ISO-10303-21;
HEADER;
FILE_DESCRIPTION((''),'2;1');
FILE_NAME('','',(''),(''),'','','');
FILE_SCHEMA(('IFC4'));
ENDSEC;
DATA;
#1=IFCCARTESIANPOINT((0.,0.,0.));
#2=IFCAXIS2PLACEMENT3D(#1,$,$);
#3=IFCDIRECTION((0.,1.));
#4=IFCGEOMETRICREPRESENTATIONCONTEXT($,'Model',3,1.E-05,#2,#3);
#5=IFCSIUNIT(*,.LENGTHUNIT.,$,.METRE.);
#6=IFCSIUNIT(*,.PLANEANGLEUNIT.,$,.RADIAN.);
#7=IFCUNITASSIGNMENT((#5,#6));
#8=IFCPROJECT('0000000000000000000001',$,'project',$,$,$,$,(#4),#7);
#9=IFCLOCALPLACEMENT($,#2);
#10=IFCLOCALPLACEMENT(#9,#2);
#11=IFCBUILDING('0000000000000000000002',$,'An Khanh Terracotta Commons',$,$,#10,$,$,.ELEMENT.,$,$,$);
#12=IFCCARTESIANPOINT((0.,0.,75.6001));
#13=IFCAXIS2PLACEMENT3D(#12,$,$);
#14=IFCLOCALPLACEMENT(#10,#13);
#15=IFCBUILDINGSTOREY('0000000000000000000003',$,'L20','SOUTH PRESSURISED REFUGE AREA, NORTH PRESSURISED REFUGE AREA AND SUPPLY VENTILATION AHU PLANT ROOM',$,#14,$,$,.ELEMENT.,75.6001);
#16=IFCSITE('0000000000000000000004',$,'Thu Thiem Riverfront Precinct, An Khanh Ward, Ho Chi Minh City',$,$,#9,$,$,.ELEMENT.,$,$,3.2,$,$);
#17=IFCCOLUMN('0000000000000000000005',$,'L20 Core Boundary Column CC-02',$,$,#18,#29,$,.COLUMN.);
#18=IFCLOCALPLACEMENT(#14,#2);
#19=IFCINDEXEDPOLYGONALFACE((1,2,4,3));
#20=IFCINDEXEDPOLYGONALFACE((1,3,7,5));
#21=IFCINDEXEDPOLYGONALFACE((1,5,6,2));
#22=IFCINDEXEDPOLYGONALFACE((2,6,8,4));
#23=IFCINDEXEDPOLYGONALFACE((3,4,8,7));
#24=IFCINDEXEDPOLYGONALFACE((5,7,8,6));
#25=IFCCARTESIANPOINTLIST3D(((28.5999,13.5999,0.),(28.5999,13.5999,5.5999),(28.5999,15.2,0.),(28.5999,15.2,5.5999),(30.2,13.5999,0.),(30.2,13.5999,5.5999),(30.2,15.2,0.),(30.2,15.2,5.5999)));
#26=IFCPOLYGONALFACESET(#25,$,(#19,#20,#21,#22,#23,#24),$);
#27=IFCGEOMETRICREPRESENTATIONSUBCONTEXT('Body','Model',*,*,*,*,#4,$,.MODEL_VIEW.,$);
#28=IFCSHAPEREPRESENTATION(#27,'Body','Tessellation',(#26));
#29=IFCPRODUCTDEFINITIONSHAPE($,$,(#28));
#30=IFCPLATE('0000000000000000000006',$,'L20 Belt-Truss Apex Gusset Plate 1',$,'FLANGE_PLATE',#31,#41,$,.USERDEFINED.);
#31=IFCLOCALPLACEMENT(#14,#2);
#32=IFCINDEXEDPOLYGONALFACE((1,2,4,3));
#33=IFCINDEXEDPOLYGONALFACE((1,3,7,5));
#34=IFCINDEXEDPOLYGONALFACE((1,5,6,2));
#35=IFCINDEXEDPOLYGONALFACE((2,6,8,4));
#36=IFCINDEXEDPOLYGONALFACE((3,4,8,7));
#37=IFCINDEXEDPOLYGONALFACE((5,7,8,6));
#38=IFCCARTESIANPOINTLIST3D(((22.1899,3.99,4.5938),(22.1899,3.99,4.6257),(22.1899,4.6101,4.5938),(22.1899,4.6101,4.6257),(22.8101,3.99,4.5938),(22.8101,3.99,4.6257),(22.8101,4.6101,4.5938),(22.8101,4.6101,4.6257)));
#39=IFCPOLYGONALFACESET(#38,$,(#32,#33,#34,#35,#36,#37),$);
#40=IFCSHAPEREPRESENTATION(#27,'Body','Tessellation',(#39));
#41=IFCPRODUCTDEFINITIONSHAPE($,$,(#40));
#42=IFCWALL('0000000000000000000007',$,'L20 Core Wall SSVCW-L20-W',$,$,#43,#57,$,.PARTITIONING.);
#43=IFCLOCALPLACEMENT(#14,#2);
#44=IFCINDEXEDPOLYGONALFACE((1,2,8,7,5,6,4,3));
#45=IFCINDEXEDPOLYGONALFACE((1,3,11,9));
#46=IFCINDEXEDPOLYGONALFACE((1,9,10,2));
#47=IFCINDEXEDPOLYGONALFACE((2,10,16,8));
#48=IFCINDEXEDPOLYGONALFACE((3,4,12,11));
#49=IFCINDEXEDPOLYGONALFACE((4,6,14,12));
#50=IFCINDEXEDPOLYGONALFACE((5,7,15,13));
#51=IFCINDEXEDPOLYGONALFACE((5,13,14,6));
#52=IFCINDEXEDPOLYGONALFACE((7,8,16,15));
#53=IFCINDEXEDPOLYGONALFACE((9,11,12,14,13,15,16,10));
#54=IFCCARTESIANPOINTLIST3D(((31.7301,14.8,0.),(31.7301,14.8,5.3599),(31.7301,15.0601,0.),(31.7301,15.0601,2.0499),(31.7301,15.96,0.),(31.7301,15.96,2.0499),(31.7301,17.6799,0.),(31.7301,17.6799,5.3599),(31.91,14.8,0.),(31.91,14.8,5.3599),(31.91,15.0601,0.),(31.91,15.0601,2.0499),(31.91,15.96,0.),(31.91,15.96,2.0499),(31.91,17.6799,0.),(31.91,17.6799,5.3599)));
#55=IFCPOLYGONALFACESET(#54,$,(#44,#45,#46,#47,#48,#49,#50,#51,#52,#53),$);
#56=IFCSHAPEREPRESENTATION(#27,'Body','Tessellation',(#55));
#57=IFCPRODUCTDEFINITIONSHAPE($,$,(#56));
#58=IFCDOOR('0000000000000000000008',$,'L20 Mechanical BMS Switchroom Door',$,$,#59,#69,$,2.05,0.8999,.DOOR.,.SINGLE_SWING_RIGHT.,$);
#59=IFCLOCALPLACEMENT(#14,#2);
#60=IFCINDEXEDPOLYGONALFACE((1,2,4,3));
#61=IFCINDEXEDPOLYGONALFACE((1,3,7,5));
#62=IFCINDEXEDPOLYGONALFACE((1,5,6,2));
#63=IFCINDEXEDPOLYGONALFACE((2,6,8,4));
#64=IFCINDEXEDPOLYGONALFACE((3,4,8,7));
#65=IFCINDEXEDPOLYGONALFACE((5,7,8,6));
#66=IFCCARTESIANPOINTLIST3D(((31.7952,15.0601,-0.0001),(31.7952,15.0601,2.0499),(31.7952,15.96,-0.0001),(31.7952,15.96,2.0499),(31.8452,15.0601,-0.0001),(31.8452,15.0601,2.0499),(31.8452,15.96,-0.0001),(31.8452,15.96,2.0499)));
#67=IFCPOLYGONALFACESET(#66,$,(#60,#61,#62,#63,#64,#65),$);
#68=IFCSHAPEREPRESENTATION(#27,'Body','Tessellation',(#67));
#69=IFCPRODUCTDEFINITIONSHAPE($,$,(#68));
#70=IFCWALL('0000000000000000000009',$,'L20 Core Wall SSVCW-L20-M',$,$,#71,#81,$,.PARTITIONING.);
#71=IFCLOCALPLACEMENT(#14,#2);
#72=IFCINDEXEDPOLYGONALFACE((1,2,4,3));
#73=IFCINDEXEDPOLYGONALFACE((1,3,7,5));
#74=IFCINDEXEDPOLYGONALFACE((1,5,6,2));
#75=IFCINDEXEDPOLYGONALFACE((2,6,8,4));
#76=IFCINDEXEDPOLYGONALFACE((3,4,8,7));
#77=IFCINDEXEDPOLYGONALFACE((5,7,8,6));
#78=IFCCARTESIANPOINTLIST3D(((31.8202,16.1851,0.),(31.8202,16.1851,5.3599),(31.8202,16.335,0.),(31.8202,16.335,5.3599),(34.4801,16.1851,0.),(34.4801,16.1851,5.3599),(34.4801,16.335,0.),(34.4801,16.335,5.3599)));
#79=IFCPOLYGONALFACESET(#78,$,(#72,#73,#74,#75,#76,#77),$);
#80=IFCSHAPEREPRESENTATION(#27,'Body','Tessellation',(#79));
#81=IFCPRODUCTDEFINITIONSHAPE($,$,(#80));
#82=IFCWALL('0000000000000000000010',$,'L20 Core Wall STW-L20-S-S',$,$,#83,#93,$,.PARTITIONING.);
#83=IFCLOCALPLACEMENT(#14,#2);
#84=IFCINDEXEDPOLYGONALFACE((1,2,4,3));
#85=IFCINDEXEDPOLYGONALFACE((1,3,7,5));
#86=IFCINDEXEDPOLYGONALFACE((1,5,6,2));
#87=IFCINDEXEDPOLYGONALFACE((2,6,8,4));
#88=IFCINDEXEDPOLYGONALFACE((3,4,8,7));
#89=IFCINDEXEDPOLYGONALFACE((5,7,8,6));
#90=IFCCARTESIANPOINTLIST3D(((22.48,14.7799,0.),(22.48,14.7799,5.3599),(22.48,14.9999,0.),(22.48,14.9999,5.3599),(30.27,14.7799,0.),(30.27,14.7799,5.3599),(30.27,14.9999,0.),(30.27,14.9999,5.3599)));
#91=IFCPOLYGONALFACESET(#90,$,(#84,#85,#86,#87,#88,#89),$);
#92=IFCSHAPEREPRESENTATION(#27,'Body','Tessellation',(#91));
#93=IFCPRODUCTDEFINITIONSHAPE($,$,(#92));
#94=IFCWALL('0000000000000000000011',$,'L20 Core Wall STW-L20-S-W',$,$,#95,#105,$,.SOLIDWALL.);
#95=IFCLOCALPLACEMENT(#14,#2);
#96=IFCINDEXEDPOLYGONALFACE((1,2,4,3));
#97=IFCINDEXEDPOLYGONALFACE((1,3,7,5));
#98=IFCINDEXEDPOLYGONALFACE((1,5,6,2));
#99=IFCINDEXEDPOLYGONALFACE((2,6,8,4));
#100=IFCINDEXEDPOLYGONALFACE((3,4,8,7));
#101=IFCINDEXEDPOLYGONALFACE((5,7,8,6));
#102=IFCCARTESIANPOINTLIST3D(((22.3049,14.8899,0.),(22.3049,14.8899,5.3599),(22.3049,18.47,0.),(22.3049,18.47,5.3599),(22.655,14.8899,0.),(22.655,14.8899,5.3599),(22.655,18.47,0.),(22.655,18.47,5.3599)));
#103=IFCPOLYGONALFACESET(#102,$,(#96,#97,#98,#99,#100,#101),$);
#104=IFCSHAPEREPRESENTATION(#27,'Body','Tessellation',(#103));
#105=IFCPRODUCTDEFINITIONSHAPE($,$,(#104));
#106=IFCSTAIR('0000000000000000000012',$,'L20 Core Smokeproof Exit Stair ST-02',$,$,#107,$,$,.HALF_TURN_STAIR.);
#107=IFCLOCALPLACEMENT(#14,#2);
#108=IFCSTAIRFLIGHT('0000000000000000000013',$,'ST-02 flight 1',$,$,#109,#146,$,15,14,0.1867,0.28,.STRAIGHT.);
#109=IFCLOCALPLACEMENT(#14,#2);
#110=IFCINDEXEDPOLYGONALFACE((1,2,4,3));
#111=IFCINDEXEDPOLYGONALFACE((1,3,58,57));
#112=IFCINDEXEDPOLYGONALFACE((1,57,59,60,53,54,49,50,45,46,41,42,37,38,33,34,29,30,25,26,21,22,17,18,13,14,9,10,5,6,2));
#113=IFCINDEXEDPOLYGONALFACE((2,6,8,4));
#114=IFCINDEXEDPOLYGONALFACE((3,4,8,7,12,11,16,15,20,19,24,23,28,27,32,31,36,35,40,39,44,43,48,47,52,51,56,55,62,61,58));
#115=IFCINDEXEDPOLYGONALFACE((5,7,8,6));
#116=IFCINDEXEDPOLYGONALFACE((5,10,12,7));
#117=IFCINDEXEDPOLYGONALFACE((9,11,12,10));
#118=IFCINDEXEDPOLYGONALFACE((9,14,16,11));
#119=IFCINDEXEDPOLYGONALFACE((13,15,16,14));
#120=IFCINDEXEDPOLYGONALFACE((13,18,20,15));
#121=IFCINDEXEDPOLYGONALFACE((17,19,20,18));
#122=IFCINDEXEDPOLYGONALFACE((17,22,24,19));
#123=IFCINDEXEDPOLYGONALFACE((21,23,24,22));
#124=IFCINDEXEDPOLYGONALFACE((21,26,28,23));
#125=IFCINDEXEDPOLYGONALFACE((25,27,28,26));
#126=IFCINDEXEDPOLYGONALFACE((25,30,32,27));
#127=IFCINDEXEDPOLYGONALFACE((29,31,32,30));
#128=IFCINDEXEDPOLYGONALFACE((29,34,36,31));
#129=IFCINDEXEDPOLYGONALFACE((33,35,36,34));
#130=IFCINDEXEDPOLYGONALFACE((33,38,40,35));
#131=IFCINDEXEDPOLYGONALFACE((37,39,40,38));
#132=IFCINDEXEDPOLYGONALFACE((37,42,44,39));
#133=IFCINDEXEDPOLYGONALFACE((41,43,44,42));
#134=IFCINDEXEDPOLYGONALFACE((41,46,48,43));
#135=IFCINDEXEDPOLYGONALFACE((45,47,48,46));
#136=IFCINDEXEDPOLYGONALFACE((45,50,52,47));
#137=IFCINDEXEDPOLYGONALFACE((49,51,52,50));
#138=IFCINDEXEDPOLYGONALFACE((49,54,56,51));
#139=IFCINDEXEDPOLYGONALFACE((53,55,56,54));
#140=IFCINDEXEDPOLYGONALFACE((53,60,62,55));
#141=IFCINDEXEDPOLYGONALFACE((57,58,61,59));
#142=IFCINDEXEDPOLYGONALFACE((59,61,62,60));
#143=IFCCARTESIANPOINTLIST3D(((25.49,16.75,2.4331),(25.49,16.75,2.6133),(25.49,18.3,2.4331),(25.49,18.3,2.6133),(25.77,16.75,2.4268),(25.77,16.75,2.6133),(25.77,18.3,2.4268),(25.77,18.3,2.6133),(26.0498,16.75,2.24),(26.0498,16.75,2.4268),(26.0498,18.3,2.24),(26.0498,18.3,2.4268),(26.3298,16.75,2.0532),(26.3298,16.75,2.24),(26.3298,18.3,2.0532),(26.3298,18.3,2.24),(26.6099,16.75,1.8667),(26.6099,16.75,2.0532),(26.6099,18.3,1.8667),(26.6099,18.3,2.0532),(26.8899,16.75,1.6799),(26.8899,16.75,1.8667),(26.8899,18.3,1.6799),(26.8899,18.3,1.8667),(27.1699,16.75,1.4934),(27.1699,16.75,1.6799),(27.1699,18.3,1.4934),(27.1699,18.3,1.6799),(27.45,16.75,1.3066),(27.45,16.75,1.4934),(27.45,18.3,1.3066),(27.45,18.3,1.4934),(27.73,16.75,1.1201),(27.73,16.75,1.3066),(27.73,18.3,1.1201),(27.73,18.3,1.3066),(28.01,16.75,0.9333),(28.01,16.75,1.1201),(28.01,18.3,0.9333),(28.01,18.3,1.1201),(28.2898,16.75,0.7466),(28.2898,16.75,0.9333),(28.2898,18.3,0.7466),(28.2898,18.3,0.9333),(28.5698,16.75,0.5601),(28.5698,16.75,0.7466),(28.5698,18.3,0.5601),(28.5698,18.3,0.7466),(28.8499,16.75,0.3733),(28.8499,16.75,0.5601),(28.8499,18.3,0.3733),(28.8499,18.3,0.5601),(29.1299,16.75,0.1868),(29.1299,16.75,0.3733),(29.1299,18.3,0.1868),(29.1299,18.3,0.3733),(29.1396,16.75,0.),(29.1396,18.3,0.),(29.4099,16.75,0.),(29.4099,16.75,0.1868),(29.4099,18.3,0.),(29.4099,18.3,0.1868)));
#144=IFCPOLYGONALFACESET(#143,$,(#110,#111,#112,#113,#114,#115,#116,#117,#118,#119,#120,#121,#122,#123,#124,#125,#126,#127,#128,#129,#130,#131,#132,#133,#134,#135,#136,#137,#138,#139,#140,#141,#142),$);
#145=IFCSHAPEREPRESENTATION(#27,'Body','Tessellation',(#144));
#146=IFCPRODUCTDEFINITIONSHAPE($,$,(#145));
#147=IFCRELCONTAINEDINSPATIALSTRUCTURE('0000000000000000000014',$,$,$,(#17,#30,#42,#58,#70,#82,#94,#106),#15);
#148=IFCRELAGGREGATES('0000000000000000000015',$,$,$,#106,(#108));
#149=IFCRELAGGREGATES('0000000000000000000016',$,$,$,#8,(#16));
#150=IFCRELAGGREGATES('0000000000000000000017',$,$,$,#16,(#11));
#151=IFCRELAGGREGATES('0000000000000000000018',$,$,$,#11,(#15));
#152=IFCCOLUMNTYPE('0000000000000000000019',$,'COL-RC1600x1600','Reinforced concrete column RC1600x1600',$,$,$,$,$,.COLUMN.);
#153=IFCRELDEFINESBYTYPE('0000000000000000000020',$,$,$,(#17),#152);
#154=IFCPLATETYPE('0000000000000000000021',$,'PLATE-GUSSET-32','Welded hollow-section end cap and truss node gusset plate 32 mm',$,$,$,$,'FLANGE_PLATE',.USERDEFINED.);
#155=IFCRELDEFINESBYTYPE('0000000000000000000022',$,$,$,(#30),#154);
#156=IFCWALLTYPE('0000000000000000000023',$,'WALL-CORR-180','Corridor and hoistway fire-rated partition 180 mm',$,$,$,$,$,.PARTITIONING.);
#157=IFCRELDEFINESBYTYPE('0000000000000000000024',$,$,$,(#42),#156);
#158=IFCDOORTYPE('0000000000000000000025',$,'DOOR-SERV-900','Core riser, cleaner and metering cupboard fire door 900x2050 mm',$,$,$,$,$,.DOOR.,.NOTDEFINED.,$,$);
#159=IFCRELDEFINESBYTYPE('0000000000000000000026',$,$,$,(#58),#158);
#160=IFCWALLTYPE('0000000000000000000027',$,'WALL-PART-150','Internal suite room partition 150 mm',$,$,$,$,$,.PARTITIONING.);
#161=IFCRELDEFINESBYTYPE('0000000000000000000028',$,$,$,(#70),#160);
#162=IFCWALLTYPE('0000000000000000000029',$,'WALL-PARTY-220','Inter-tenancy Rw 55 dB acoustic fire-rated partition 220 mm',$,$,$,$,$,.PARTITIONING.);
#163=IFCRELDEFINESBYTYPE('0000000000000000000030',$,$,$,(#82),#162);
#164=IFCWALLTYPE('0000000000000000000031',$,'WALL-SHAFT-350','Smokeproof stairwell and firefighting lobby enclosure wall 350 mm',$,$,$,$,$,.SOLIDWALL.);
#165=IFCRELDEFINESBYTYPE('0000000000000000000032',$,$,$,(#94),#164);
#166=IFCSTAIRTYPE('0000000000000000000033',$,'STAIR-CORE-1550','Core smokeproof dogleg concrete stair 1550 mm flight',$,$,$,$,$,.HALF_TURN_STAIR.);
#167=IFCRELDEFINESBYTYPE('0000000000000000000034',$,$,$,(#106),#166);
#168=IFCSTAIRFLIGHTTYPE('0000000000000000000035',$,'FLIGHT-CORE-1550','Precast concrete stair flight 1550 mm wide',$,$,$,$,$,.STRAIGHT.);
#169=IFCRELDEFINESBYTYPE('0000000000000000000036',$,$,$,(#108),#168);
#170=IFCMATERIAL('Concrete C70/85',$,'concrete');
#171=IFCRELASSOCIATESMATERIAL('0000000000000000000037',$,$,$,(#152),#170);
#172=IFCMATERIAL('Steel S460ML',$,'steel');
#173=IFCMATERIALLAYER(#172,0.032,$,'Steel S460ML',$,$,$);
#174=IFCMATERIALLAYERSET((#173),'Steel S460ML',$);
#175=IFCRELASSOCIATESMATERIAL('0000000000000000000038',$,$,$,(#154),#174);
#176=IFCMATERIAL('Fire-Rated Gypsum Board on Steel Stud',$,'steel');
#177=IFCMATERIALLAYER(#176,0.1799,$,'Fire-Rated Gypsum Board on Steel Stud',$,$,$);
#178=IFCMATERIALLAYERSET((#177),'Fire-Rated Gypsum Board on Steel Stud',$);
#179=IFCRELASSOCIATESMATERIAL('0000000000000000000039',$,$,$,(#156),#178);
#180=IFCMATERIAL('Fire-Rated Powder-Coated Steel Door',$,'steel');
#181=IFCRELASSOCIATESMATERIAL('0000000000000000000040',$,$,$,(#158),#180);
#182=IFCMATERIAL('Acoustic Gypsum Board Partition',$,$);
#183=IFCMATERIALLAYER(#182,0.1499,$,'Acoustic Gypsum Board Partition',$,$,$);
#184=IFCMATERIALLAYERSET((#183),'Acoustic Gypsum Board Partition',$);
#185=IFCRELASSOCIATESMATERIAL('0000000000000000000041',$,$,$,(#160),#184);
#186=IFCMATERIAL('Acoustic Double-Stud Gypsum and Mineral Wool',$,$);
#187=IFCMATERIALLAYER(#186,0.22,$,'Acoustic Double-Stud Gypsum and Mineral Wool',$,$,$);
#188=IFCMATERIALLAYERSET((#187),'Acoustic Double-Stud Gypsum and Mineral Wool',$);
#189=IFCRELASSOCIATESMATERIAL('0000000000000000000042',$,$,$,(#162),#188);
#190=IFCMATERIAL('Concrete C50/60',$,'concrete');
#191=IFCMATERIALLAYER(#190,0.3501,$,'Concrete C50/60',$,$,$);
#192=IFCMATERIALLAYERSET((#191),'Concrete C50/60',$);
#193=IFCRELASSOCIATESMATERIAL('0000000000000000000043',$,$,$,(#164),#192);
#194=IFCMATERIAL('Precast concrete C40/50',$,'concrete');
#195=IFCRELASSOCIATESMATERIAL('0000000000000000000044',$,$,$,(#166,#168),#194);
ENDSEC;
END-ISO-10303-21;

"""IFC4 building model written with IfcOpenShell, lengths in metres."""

from ifc_helpers import new_model, si_unit, direction, frame, frame_2d, origin, origin_2d, place, context, subcontext, project, spatial, polyline, rectangle, outline, extrude, material, layer, layer_set, material_profile, profile_set, type_object, element, fill, aggregate, save


model = new_model("IFC4")

# Units and contexts
model_context = context("Model", 3, precision=1e-05, world=origin(), true_north=direction((0.0, 1.0)))
body_context = subcontext(model_context, "Body", "Model", "MODEL_VIEW")
ifc_project = project(units=[si_unit("LENGTHUNIT", "METRE"), si_unit("PLANEANGLEUNIT", "RADIAN")], contexts=[model_context])

# Site, building, storey
site_placement = place(None, origin())
site = spatial("IfcSite", under=ifc_project, at=site_placement, Name="Thu Thiem Riverfront Precinct, An Khanh Ward, Ho Chi Minh City", CompositionType="ELEMENT", RefElevation=3.2)
building_placement = place(site_placement, origin())
building = spatial("IfcBuilding", under=site, at=building_placement, Name="An Khanh Terracotta Commons", CompositionType="ELEMENT")
storey_placement = place(building_placement, frame((0.0, 0.0, 75.6001)))
storey = spatial("IfcBuildingStorey", under=building, at=storey_placement, Name="L20", Description="SOUTH PRESSURISED REFUGE AREA, NORTH PRESSURISED REFUGE AREA AND SUPPLY VENTILATION AHU PLANT ROOM", CompositionType="ELEMENT", Elevation=75.6001)

# Column
ifc_material_1 = material(Name="Concrete C70/85", Category="concrete")
ifc_material_profile = material_profile(ifc_material_1, rectangle(XDim=1.6001, YDim=1.6001, at=origin_2d()), Name="RC1600x1600")
ifc_profile_set = profile_set([ifc_material_profile], Name="Concrete C70/85")
column_type = type_object("IfcColumnType", Name="COL-RC1600x1600", Description="Reinforced concrete column RC1600x1600", PredefinedType="COLUMN", material=ifc_profile_set)
column_placement = place(storey_placement, frame((29.3999, 14.3999, 0.0), z_axis=(0.0, 0.0, 1.0), x_axis=(1.0, 0.0, 0.0)))
element("IfcColumn", 1, at=column_placement, inside=storey, type_object=column_type, Name="L20 Core Boundary Column CC-02", PredefinedType="COLUMN", context=body_context, shape_type="SweptSolid", body=[
    extrude(rectangle(XDim=1.6001, YDim=1.6001, at=origin_2d()), origin(), (0.0, 0.0, 1.0), 5.5999),
])

# Plate
ifc_material_2 = material(Name="Steel S460ML", Category="steel")
ifc_layer_1 = layer(ifc_material_2, 0.032, Name="Steel S460ML")
ifc_layer_set_1 = layer_set([ifc_layer_1], Name="Steel S460ML")
plate_type = type_object("IfcPlateType", Name="PLATE-GUSSET-32", Description="Welded hollow-section end cap and truss node gusset plate 32 mm", ElementType="FLANGE_PLATE", PredefinedType="USERDEFINED", material=ifc_layer_set_1)
plate_placement = place(storey_placement, frame((22.5, 4.3, 4.5938), z_axis=(0.0, 0.0, 1.0), x_axis=(1.0, 0.0, 0.0)))
element("IfcPlate", 2, at=plate_placement, inside=storey, type_object=plate_type, Name="L20 Belt-Truss Apex Gusset Plate 1", ObjectType="FLANGE_PLATE", PredefinedType="USERDEFINED", context=body_context, shape_type="SweptSolid", body=[
    extrude(rectangle(XDim=0.6201, YDim=0.6201, at=origin_2d()), origin(), (0.0, 0.0, 1.0), 0.032),
])

# Wall, opening, door
ifc_material_3 = material(Name="Fire-Rated Gypsum Board on Steel Stud", Category="steel")
ifc_layer_2 = layer(ifc_material_3, 0.1799, Name="Fire-Rated Gypsum Board on Steel Stud")
ifc_layer_set_2 = layer_set([ifc_layer_2], Name="Fire-Rated Gypsum Board on Steel Stud")
wall_type_1 = type_object("IfcWallType", Name="WALL-CORR-180", Description="Corridor and hoistway fire-rated partition 180 mm", PredefinedType="PARTITIONING", material=ifc_layer_set_2)
wall_1_placement = place(storey_placement, frame((31.8201, 14.8, 0.0), z_axis=(0.0, 0.0, 1.0), x_axis=(0.0, 1.0, 0.0)))
wall_1 = element("IfcWall", 3, at=wall_1_placement, inside=storey, type_object=wall_type_1, Name="L20 Core Wall SSVCW-L20-W", PredefinedType="PARTITIONING", context=body_context, shape_type="SweptSolid", body=[
    extrude(rectangle(XDim=2.8799, YDim=0.1799, at=frame_2d((1.4399, 0.0))), origin(), (0.0, 0.0, 1.0), 5.3599),
])
opening_1_placement = place(wall_1_placement, frame((0.26, 0.0, 0.0)))
opening_1 = element("IfcOpeningElement", 4, at=opening_1_placement, cuts=wall_1, PredefinedType="OPENING", context=body_context, shape_type="SweptSolid", body=[
    extrude(rectangle(XDim=0.8999, YDim=2.05, at=frame_2d((0.45, 1.0249))), frame((0.0, 0.0999, 0.0), z_axis=(0.0, -1.0, 0.0), x_axis=(1.0, 0.0, 0.0)), (0.0, 0.0, 1.0), 0.2),
])
ifc_material_4 = material(Name="Fire-Rated Powder-Coated Steel Door", Category="steel")
door_type_1 = type_object("IfcDoorType", Name="DOOR-SERV-900", Description="Core riser, cleaner and metering cupboard fire door 900x2050 mm", OperationType="NOTDEFINED", PredefinedType="DOOR", material=ifc_material_4)
door_1_placement = place(opening_1_placement, origin())
door_1 = element("IfcDoor", 5, at=door_1_placement, inside=storey, type_object=door_type_1, Name="L20 Mechanical BMS Switchroom Door", OperationType="SINGLE_SWING_RIGHT", OverallHeight=2.05, OverallWidth=0.8999, PredefinedType="DOOR", context=body_context, shape_type="SweptSolid", body=[
    extrude(rectangle(XDim=0.8999, YDim=2.05, at=frame_2d((0.45, 1.0249))), frame((0.0, 0.0249, 0.0), z_axis=(0.0, -1.0, 0.0), x_axis=(1.0, 0.0, 0.0)), (0.0, 0.0, 1.0), 0.05),
])
fill(opening_1, door_1)

# Walls
ifc_material_5 = material(Name="Acoustic Gypsum Board Partition")
ifc_layer_3 = layer(ifc_material_5, 0.1499, Name="Acoustic Gypsum Board Partition")
ifc_layer_set_3 = layer_set([ifc_layer_3], Name="Acoustic Gypsum Board Partition")
wall_type_2 = type_object("IfcWallType", Name="WALL-PART-150", Description="Internal suite room partition 150 mm", PredefinedType="PARTITIONING", material=ifc_layer_set_3)
wall_2_placement = place(storey_placement, frame((31.8201, 16.26, 0.0), z_axis=(0.0, 0.0, 1.0), x_axis=(1.0, 0.0, 0.0)))
element("IfcWall", 6, at=wall_2_placement, inside=storey, type_object=wall_type_2, Name="L20 Core Wall SSVCW-L20-M", PredefinedType="PARTITIONING", context=body_context, shape_type="SweptSolid", body=[
    extrude(rectangle(XDim=2.6599, YDim=0.1499, at=frame_2d((1.3301, 0.0))), origin(), (0.0, 0.0, 1.0), 5.3599),
])
ifc_material_6 = material(Name="Acoustic Double-Stud Gypsum and Mineral Wool")
ifc_layer_4 = layer(ifc_material_6, 0.22, Name="Acoustic Double-Stud Gypsum and Mineral Wool")
ifc_layer_set_4 = layer_set([ifc_layer_4], Name="Acoustic Double-Stud Gypsum and Mineral Wool")
wall_type_3 = type_object("IfcWallType", Name="WALL-PARTY-220", Description="Inter-tenancy Rw 55 dB acoustic fire-rated partition 220 mm", PredefinedType="PARTITIONING", material=ifc_layer_set_4)
wall_3_placement = place(storey_placement, frame((22.48, 14.8899, 0.0), z_axis=(0.0, 0.0, 1.0), x_axis=(1.0, 0.0, 0.0)))
element("IfcWall", 7, at=wall_3_placement, inside=storey, type_object=wall_type_3, Name="L20 Core Wall STW-L20-S-S", PredefinedType="PARTITIONING", context=body_context, shape_type="SweptSolid", body=[
    extrude(rectangle(XDim=7.79, YDim=0.22, at=frame_2d((3.895, 0.0))), origin(), (0.0, 0.0, 1.0), 5.3599),
])
ifc_material_7 = material(Name="Concrete C50/60", Category="concrete")
ifc_layer_5 = layer(ifc_material_7, 0.3501, Name="Concrete C50/60")
ifc_layer_set_5 = layer_set([ifc_layer_5], Name="Concrete C50/60")
wall_type_4 = type_object("IfcWallType", Name="WALL-SHAFT-350", Description="Smokeproof stairwell and firefighting lobby enclosure wall 350 mm", PredefinedType="SOLIDWALL", material=ifc_layer_set_5)
wall_4_placement = place(storey_placement, frame((22.48, 14.8899, 0.0), z_axis=(0.0, 0.0, 1.0), x_axis=(0.0, 1.0, 0.0)))
element("IfcWall", 8, at=wall_4_placement, inside=storey, type_object=wall_type_4, Name="L20 Core Wall STW-L20-S-W", PredefinedType="SOLIDWALL", context=body_context, shape_type="SweptSolid", body=[
    extrude(rectangle(XDim=3.5801, YDim=0.3501, at=frame_2d((1.79, 0.0))), origin(), (0.0, 0.0, 1.0), 5.3599),
])

# Stair, stair flight
ifc_material_8 = material(Name="Precast concrete C40/50", Category="concrete")
stair_type = type_object("IfcStairType", Name="STAIR-CORE-1550", Description="Core smokeproof dogleg concrete stair 1550 mm flight", PredefinedType="HALF_TURN_STAIR", material=ifc_material_8)
stair_placement = place(storey_placement, origin())
stair = element("IfcStair", 9, at=stair_placement, inside=storey, type_object=stair_type, Name="L20 Core Smokeproof Exit Stair ST-02", PredefinedType="HALF_TURN_STAIR")
stair_flight_type = type_object("IfcStairFlightType", Name="FLIGHT-CORE-1550", Description="Precast concrete stair flight 1550 mm wide", PredefinedType="STRAIGHT", material=ifc_material_8)
stair_flight_1_placement = place(storey_placement, frame((29.4099, 17.5249, 0.0), z_axis=(0.0, 0.0, 1.0), x_axis=(-1.0, 0.0, 0.0)))
stair_flight_1 = element("IfcStairFlight", 10, at=stair_flight_1_placement, type_object=stair_flight_type, Name="ST-02 flight 1", NumberOfRisers=15, NumberOfTreads=14, PredefinedType="STRAIGHT", RiserHeight=0.1867, TreadLength=0.28, context=body_context, shape_type="SweptSolid", body=[
    extrude(outline(polyline([(0.0, 0.0), (0.0, 0.1868), (0.28, 0.1868), (0.28, 0.3733), (0.5601, 0.3733), (0.5601, 0.5601), (0.8401, 0.5601), (0.8401, 0.7466), (1.1201, 0.7466), (1.1201, 0.9333), (1.3999, 0.9333), (1.3999, 1.1201), (1.6799, 1.1201), (1.6799, 1.3066), (1.96, 1.3066), (1.96, 1.4934), (2.24, 1.4934), (2.24, 1.6799), (2.52, 1.6799), (2.52, 1.8667), (2.8, 1.8667), (2.8, 2.0532), (3.0801, 2.0532), (3.0801, 2.24), (3.3601, 2.24), (3.3601, 2.4268), (3.6399, 2.4268), (3.6399, 2.6133), (3.9199, 2.6133), (3.9199, 2.8), (3.9199, 2.4331), (0.2703, 0.0), (0.0, 0.0)])), frame((0.0, 0.7749, 0.0), z_axis=(0.0, -1.0, 0.0), x_axis=(1.0, 0.0, 0.0)), (0.0, 0.0, 1.0), 1.55),
])
aggregate(stair, [stair_flight_1])

save(model, "model.ifc")
